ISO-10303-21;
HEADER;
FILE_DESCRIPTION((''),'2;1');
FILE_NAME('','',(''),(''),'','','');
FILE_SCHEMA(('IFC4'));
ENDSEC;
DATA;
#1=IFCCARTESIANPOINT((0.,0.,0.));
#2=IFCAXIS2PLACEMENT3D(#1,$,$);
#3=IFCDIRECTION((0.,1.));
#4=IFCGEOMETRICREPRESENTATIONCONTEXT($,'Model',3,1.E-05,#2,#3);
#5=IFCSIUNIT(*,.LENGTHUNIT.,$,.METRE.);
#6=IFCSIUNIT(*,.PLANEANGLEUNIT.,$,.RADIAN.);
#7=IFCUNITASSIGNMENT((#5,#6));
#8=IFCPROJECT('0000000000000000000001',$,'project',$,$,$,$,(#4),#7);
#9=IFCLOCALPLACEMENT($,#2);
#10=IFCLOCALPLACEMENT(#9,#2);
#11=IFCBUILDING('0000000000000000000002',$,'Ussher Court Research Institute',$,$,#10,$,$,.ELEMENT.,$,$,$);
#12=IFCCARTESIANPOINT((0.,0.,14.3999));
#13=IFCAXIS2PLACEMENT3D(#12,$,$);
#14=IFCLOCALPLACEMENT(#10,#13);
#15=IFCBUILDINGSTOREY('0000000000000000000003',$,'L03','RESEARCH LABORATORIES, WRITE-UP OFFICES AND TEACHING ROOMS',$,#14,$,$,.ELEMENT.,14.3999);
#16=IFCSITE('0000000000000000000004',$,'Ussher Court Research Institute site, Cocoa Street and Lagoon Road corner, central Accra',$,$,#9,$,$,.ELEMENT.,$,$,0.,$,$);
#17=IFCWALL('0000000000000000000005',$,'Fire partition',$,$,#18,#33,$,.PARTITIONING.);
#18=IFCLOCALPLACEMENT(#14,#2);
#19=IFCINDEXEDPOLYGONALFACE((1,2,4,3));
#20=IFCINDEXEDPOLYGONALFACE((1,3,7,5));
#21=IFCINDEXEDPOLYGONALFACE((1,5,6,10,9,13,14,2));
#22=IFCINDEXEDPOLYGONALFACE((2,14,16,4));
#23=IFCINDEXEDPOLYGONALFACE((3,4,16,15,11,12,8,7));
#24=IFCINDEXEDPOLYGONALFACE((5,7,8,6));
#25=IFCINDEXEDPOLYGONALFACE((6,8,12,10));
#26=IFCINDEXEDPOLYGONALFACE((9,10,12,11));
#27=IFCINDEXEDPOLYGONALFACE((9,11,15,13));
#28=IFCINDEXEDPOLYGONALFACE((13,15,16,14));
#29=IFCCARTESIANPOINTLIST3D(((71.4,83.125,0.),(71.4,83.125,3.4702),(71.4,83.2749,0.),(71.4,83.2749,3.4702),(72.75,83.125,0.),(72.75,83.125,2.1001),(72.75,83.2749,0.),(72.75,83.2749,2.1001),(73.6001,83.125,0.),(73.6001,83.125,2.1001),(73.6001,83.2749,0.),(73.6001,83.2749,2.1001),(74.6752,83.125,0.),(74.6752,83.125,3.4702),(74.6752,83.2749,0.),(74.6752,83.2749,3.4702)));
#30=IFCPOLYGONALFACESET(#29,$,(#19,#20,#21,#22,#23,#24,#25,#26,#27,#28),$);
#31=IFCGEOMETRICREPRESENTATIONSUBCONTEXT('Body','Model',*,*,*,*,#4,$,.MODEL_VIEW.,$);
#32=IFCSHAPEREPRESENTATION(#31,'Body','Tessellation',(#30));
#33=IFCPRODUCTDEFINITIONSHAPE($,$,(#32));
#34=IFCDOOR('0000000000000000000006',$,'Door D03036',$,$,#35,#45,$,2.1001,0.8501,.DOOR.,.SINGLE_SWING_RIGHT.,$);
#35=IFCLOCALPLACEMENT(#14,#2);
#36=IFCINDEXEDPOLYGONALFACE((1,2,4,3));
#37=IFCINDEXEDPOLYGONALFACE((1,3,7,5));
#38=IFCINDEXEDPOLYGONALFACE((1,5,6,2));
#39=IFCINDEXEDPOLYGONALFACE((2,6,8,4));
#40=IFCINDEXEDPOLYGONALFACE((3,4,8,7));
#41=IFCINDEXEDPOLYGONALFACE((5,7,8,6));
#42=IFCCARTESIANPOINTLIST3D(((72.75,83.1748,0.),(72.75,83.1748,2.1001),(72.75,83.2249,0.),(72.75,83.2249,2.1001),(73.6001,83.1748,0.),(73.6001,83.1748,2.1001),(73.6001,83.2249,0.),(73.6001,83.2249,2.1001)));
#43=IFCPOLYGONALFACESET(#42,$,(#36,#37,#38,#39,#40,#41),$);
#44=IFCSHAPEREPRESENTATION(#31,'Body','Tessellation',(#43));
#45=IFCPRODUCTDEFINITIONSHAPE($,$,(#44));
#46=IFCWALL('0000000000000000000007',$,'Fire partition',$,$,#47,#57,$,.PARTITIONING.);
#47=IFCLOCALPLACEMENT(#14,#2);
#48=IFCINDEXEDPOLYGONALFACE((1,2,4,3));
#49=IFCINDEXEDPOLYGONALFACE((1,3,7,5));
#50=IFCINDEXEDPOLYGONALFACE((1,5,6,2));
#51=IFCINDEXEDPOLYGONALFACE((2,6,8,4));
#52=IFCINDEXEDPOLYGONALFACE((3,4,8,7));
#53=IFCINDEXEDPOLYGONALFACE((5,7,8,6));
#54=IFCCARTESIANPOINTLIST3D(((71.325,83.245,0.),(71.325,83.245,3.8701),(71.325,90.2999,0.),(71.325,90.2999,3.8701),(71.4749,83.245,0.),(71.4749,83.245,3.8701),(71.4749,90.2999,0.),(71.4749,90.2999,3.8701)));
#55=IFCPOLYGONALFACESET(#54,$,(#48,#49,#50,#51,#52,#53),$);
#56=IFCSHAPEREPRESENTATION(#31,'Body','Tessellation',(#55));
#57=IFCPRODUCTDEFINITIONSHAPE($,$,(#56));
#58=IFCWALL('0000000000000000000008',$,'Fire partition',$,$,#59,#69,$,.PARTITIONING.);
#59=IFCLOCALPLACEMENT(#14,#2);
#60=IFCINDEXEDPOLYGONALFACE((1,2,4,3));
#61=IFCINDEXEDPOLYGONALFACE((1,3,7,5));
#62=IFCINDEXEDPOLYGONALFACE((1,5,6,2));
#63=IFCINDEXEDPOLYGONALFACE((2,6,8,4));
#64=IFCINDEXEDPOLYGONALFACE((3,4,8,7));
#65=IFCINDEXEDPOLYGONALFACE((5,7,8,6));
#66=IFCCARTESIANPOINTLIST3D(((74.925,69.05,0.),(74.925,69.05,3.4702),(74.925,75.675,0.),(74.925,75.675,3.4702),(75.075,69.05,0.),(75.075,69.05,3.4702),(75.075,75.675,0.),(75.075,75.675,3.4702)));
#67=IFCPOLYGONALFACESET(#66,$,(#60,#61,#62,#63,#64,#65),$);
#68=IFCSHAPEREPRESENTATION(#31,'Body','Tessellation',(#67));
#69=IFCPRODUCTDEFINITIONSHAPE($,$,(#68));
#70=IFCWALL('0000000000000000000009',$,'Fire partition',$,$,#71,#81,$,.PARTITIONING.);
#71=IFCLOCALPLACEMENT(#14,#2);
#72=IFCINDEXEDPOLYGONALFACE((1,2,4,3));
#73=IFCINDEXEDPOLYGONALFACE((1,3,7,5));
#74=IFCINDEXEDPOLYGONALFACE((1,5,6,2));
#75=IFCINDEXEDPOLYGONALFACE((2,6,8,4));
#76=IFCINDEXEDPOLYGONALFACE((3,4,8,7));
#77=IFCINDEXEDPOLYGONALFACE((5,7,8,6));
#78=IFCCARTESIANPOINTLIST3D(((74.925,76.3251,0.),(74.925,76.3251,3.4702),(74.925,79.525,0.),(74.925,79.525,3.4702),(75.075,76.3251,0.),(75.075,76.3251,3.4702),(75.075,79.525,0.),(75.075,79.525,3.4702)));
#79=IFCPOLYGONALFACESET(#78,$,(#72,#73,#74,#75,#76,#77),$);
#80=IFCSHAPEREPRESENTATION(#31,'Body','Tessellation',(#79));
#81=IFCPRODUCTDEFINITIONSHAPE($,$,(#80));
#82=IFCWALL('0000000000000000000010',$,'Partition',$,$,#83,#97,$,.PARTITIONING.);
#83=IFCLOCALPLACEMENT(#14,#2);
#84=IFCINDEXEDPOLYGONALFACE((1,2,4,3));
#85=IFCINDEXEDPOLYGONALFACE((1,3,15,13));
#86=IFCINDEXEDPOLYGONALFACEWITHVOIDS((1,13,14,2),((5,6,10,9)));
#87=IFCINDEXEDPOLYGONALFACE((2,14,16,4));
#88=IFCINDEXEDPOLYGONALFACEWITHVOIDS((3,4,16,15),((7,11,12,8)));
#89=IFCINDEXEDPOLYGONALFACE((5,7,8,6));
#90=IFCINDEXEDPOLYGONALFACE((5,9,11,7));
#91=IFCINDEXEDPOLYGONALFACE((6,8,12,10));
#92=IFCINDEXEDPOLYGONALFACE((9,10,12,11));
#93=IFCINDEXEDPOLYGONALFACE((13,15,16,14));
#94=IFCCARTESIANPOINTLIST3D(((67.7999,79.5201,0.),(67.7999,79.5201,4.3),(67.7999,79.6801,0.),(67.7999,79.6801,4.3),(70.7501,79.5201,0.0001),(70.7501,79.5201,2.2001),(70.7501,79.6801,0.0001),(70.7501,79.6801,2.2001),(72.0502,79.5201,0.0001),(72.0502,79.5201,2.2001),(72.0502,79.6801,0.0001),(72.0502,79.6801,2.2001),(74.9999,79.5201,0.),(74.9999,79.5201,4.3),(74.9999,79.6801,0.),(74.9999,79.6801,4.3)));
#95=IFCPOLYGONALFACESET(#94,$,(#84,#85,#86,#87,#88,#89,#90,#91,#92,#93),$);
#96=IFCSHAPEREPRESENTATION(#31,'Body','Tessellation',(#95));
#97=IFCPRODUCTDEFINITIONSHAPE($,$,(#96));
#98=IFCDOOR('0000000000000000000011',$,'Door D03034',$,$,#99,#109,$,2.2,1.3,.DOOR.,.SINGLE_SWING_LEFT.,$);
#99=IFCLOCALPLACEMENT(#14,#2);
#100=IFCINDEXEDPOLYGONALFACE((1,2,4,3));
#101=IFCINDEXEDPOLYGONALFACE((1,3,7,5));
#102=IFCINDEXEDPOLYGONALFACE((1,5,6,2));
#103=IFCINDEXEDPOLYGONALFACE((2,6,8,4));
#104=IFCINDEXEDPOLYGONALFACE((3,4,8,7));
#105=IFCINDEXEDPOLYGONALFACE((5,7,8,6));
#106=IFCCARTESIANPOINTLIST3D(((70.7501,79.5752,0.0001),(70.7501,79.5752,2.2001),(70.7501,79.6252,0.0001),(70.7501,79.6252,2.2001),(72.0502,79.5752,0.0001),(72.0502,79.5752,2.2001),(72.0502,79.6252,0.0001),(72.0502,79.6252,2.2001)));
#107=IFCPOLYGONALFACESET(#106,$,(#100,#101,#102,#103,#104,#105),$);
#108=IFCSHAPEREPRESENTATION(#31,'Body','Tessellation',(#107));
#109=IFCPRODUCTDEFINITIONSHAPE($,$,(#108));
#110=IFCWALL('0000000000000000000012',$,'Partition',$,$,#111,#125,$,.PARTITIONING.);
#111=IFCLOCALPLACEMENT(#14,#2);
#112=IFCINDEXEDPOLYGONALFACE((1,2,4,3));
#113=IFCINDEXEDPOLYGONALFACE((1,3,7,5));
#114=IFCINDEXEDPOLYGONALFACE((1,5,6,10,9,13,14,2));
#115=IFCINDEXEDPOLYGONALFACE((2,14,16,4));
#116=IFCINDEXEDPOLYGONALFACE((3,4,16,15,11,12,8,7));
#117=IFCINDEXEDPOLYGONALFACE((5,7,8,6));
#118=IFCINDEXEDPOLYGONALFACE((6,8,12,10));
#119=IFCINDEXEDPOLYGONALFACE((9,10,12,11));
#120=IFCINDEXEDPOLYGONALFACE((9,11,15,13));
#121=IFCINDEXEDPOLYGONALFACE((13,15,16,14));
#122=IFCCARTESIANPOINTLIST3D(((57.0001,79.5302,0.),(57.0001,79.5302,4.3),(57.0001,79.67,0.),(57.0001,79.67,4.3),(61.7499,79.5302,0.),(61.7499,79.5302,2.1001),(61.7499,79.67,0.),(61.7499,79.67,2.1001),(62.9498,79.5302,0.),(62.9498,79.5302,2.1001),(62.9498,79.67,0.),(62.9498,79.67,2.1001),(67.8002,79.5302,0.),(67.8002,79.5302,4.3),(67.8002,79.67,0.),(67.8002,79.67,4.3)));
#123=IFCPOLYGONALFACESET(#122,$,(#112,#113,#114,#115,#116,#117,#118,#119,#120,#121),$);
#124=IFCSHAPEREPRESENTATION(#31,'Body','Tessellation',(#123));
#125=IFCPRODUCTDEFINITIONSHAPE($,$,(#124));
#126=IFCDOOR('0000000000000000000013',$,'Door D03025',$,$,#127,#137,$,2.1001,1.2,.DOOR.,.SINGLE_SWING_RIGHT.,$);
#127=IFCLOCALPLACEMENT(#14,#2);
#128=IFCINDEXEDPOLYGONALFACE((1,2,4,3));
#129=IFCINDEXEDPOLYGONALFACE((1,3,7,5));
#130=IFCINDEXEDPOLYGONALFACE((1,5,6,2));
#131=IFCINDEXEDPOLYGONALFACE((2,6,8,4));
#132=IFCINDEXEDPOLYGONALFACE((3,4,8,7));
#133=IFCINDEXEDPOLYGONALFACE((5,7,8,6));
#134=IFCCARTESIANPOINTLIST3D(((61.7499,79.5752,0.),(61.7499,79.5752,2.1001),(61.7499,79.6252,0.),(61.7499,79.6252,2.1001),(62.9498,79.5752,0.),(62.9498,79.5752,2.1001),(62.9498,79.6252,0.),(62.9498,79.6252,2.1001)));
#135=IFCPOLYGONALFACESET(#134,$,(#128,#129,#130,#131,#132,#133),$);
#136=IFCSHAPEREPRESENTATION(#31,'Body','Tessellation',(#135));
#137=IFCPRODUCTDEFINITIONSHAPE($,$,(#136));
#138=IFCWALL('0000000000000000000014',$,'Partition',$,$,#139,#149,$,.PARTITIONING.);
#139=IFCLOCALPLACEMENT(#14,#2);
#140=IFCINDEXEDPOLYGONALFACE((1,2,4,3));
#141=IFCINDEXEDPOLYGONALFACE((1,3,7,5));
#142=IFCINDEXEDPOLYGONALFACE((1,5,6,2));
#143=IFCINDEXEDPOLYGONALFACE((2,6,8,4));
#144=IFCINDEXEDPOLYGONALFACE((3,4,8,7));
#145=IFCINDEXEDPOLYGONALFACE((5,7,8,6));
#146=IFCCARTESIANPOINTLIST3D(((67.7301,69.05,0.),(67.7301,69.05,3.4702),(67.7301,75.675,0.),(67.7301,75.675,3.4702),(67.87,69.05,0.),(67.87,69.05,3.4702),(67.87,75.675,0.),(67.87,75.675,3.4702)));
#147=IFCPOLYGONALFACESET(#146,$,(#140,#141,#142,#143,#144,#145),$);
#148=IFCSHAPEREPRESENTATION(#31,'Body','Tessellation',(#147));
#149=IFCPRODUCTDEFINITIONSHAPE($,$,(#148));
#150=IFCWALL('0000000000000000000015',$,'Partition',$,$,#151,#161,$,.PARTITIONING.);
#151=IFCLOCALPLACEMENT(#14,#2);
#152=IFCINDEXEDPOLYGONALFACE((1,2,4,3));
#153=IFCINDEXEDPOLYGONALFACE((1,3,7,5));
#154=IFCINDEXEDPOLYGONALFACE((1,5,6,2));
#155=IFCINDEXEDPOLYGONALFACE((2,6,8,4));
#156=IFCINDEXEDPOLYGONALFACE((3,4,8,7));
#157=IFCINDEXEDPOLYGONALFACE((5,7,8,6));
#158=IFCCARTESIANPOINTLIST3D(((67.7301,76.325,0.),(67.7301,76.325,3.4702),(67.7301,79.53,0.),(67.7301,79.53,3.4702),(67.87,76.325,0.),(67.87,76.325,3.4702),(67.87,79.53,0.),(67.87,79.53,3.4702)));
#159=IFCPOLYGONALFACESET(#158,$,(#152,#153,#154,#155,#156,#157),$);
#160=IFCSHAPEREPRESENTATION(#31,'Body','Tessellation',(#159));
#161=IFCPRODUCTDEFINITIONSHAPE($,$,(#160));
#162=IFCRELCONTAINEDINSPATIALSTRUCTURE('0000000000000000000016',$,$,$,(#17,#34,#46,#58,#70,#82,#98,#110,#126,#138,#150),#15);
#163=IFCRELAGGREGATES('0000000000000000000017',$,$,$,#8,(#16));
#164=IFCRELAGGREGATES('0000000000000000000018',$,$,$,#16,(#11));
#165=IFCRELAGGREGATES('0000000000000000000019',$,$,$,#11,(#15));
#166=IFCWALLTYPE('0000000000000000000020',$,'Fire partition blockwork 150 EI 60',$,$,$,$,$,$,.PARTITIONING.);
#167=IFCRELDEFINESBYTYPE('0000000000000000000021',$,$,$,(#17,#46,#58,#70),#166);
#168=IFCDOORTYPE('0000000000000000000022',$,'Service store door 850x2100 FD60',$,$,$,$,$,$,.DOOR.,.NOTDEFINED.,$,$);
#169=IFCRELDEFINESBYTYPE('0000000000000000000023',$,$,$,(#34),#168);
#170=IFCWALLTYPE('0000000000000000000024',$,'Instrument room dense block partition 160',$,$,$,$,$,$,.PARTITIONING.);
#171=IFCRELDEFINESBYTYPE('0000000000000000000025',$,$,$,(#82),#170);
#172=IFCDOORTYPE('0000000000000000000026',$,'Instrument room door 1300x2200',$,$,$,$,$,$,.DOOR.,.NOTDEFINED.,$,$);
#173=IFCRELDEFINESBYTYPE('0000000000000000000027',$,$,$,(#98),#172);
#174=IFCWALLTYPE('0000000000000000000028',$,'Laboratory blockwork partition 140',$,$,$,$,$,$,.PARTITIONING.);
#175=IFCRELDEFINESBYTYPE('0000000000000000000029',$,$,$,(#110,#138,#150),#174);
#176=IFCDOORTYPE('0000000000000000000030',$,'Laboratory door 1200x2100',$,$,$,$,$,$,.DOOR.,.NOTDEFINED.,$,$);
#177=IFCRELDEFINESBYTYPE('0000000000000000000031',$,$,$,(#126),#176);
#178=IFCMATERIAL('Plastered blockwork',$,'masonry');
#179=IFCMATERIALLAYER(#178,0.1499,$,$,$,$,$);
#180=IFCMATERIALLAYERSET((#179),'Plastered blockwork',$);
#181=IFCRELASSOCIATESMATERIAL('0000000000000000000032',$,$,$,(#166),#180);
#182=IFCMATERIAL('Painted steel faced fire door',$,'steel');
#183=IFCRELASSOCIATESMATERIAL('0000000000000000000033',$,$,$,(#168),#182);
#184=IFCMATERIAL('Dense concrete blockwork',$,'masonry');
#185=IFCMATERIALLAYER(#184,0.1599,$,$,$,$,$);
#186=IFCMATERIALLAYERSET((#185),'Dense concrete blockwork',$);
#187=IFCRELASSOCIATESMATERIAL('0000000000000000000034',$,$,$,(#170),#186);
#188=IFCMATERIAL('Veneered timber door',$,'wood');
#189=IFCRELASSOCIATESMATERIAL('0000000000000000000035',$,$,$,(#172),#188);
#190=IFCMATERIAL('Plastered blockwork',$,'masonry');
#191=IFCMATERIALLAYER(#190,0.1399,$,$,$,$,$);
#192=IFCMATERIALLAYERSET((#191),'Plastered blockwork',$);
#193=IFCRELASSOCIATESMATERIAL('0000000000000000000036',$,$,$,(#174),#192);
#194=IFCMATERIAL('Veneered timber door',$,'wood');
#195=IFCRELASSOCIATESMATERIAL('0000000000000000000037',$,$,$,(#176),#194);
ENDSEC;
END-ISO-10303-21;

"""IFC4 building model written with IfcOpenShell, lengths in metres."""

from ifc_helpers import new_model, si_unit, direction, frame, frame_2d, origin, place, context, subcontext, project, spatial, rectangle, extrude, material, layer, layer_set, type_object, element, fill, save


model = new_model("IFC4")

# Units and contexts
model_context = context("Model", 3, precision=1e-05, world=origin(), true_north=direction((0.0, 1.0)))
body_context = subcontext(model_context, "Body", "Model", "MODEL_VIEW")
ifc_project = project(units=[si_unit("LENGTHUNIT", "METRE"), si_unit("PLANEANGLEUNIT", "RADIAN")], contexts=[model_context])

# Site, building, storey
site_placement = place(None, origin())
site = spatial("IfcSite", under=ifc_project, at=site_placement, Name="Ussher Court Research Institute site, Cocoa Street and Lagoon Road corner, central Accra", CompositionType="ELEMENT", RefElevation=0.0)
building_placement = place(site_placement, origin())
building = spatial("IfcBuilding", under=site, at=building_placement, Name="Ussher Court Research Institute", CompositionType="ELEMENT")
storey_placement = place(building_placement, frame((0.0, 0.0, 14.3999)))
storey = spatial("IfcBuildingStorey", under=building, at=storey_placement, Name="L03", Description="RESEARCH LABORATORIES, WRITE-UP OFFICES AND TEACHING ROOMS", CompositionType="ELEMENT", Elevation=14.3999)

# Wall, opening, door
ifc_material_1 = material(Name="Plastered blockwork", Category="masonry")
ifc_layer_1 = layer(ifc_material_1, 0.1499)
ifc_layer_set_1 = layer_set([ifc_layer_1], Name="Plastered blockwork")
wall_type_1 = type_object("IfcWallType", Name="Fire partition blockwork 150 EI 60", PredefinedType="PARTITIONING", material=ifc_layer_set_1)
wall_1_placement = place(storey_placement, frame((71.3999, 83.2, 0.0), z_axis=(0.0, 0.0, 1.0), x_axis=(1.0, 0.0, 0.0)))
wall_1 = element("IfcWall", 1, at=wall_1_placement, inside=storey, type_object=wall_type_1, Name="Fire partition", PredefinedType="PARTITIONING", context=body_context, shape_type="SweptSolid", body=[
    extrude(rectangle(XDim=3.2751, YDim=0.1499, at=frame_2d((1.6377, 0.0))), origin(), (0.0, 0.0, 1.0), 3.4702),
])
opening_1_placement = place(wall_1_placement, frame((1.3501, 0.0, 0.0)))
opening_1 = element("IfcOpeningElement", 2, at=opening_1_placement, cuts=wall_1, PredefinedType="OPENING", context=body_context, shape_type="SweptSolid", body=[
    extrude(rectangle(XDim=0.8501, YDim=2.1001, at=frame_2d((0.425, 1.05))), frame((0.0, 0.085, 0.0), z_axis=(0.0, -1.0, 0.0), x_axis=(1.0, 0.0, 0.0)), (0.0, 0.0, 1.0), 0.1699),
])
ifc_material_2 = material(Name="Painted steel faced fire door", Category="steel")
door_type_1 = type_object("IfcDoorType", Name="Service store door 850x2100 FD60", OperationType="NOTDEFINED", PredefinedType="DOOR", material=ifc_material_2)
door_1_placement = place(opening_1_placement, origin())
door_1 = element("IfcDoor", 3, at=door_1_placement, inside=storey, type_object=door_type_1, Name="Door D03036", OperationType="SINGLE_SWING_RIGHT", OverallHeight=2.1001, OverallWidth=0.8501, PredefinedType="DOOR", context=body_context, shape_type="SweptSolid", body=[
    extrude(rectangle(XDim=0.8501, YDim=2.1001, at=frame_2d((0.425, 1.05))), frame((0.0, 0.0249, 0.0), z_axis=(0.0, -1.0, 0.0), x_axis=(1.0, 0.0, 0.0)), (0.0, 0.0, 1.0), 0.05),
])
fill(opening_1, door_1)

# Walls
wall_2_placement = place(storey_placement, frame((71.3999, 83.2451, 0.0), z_axis=(0.0, 0.0, 1.0), x_axis=(0.0, 1.0, 0.0)))
element("IfcWall", 4, at=wall_2_placement, inside=storey, type_object=wall_type_1, Name="Fire partition", PredefinedType="PARTITIONING", context=body_context, shape_type="SweptSolid", body=[
    extrude(rectangle(XDim=7.0549, YDim=0.1499, at=frame_2d((3.5273, 0.0))), origin(), (0.0, 0.0, 1.0), 3.8701),
])
wall_3_placement = place(storey_placement, frame((75.0, 69.05, 0.0), z_axis=(0.0, 0.0, 1.0), x_axis=(0.0, 1.0, 0.0)))
element("IfcWall", 5, at=wall_3_placement, inside=storey, type_object=wall_type_1, Name="Fire partition", PredefinedType="PARTITIONING", context=body_context, shape_type="SweptSolid", body=[
    extrude(rectangle(XDim=6.625, YDim=0.1499, at=frame_2d((3.3125, 0.0))), origin(), (0.0, 0.0, 1.0), 3.4702),
])
wall_4_placement = place(storey_placement, frame((75.0, 76.325, 0.0), z_axis=(0.0, 0.0, 1.0), x_axis=(0.0, 1.0, 0.0)))
element("IfcWall", 6, at=wall_4_placement, inside=storey, type_object=wall_type_1, Name="Fire partition", PredefinedType="PARTITIONING", context=body_context, shape_type="SweptSolid", body=[
    extrude(rectangle(XDim=3.2, YDim=0.1499, at=frame_2d((1.6001, 0.0))), origin(), (0.0, 0.0, 1.0), 3.4702),
])

# Walls, openings, doors
ifc_material_3 = material(Name="Dense concrete blockwork", Category="masonry")
ifc_layer_2 = layer(ifc_material_3, 0.1599)
ifc_layer_set_2 = layer_set([ifc_layer_2], Name="Dense concrete blockwork")
wall_type_2 = type_object("IfcWallType", Name="Instrument room dense block partition 160", PredefinedType="PARTITIONING", material=ifc_layer_set_2)
wall_5_placement = place(storey_placement, frame((75.0, 79.6001, 0.0), z_axis=(0.0, 0.0, 1.0), x_axis=(-1.0, 0.0, 0.0)))
wall_5 = element("IfcWall", 7, at=wall_5_placement, inside=storey, type_object=wall_type_2, Name="Partition", PredefinedType="PARTITIONING", context=body_context, shape_type="SweptSolid", body=[
    extrude(rectangle(XDim=7.2, YDim=0.1599, at=frame_2d((3.6001, 0.0))), origin(), (0.0, 0.0, 1.0), 4.3),
])
opening_2_placement = place(wall_5_placement, frame((2.95, 0.0, 0.0)))
opening_2 = element("IfcOpeningElement", 8, at=opening_2_placement, cuts=wall_5, PredefinedType="OPENING", context=body_context, shape_type="SweptSolid", body=[
    extrude(rectangle(XDim=1.3, YDim=2.2, at=frame_2d((0.6499, 1.1001))), frame((0.0, 0.0898, 0.0), z_axis=(0.0, -1.0, 0.0), x_axis=(1.0, 0.0, 0.0)), (0.0, 0.0, 1.0), 0.1799),
])
ifc_material_4 = material(Name="Veneered timber door", Category="wood")
door_type_2 = type_object("IfcDoorType", Name="Instrument room door 1300x2200", OperationType="NOTDEFINED", PredefinedType="DOOR", material=ifc_material_4)
door_2_placement = place(opening_2_placement, origin())
door_2 = element("IfcDoor", 9, at=door_2_placement, inside=storey, type_object=door_type_2, Name="Door D03034", OperationType="SINGLE_SWING_LEFT", OverallHeight=2.2, OverallWidth=1.3, PredefinedType="DOOR", context=body_context, shape_type="SweptSolid", body=[
    extrude(rectangle(XDim=1.3, YDim=2.2, at=frame_2d((0.6499, 1.1001))), frame((0.0, 0.0249, 0.0), z_axis=(0.0, -1.0, 0.0), x_axis=(1.0, 0.0, 0.0)), (0.0, 0.0, 1.0), 0.05),
])
fill(opening_2, door_2)
ifc_material_5 = material(Name="Plastered blockwork", Category="masonry")
ifc_layer_3 = layer(ifc_material_5, 0.1399)
ifc_layer_set_3 = layer_set([ifc_layer_3], Name="Plastered blockwork")
wall_type_3 = type_object("IfcWallType", Name="Laboratory blockwork partition 140", PredefinedType="PARTITIONING", material=ifc_layer_set_3)
wall_6_placement = place(storey_placement, frame((67.8, 79.6001, 0.0), z_axis=(0.0, 0.0, 1.0), x_axis=(-1.0, 0.0, 0.0)))
wall_6 = element("IfcWall", 10, at=wall_6_placement, inside=storey, type_object=wall_type_3, Name="Partition", PredefinedType="PARTITIONING", context=body_context, shape_type="SweptSolid", body=[
    extrude(rectangle(XDim=10.8, YDim=0.1399, at=frame_2d((5.3999, 0.0))), origin(), (0.0, 0.0, 1.0), 4.3),
])
opening_3_placement = place(wall_6_placement, frame((4.8501, 0.0, 0.0)))
opening_3 = element("IfcOpeningElement", 11, at=opening_3_placement, cuts=wall_6, PredefinedType="OPENING", context=body_context, shape_type="SweptSolid", body=[
    extrude(rectangle(XDim=1.2, YDim=2.1001, at=frame_2d((0.6001, 1.05))), frame((0.0, 0.0801, 0.0), z_axis=(0.0, -1.0, 0.0), x_axis=(1.0, 0.0, 0.0)), (0.0, 0.0, 1.0), 0.1599),
])
ifc_material_6 = material(Name="Veneered timber door", Category="wood")
door_type_3 = type_object("IfcDoorType", Name="Laboratory door 1200x2100", OperationType="NOTDEFINED", PredefinedType="DOOR", material=ifc_material_6)
door_3_placement = place(opening_3_placement, origin())
door_3 = element("IfcDoor", 12, at=door_3_placement, inside=storey, type_object=door_type_3, Name="Door D03025", OperationType="SINGLE_SWING_RIGHT", OverallHeight=2.1001, OverallWidth=1.2, PredefinedType="DOOR", context=body_context, shape_type="SweptSolid", body=[
    extrude(rectangle(XDim=1.2, YDim=2.1001, at=frame_2d((0.6001, 1.05))), frame((0.0, 0.0249, 0.0), z_axis=(0.0, -1.0, 0.0), x_axis=(1.0, 0.0, 0.0)), (0.0, 0.0, 1.0), 0.05),
])
fill(opening_3, door_3)

# Walls
wall_7_placement = place(storey_placement, frame((67.8, 69.05, 0.0), z_axis=(0.0, 0.0, 1.0), x_axis=(0.0, 1.0, 0.0)))
element("IfcWall", 13, at=wall_7_placement, inside=storey, type_object=wall_type_3, Name="Partition", PredefinedType="PARTITIONING", context=body_context, shape_type="SweptSolid", body=[
    extrude(rectangle(XDim=6.625, YDim=0.1399, at=frame_2d((3.3125, 0.0))), origin(), (0.0, 0.0, 1.0), 3.4702),
])
wall_8_placement = place(storey_placement, frame((67.8, 76.325, 0.0), z_axis=(0.0, 0.0, 1.0), x_axis=(0.0, 1.0, 0.0)))
element("IfcWall", 14, at=wall_8_placement, inside=storey, type_object=wall_type_3, Name="Partition", PredefinedType="PARTITIONING", context=body_context, shape_type="SweptSolid", body=[
    extrude(rectangle(XDim=3.2051, YDim=0.1399, at=frame_2d((1.6025, 0.0))), origin(), (0.0, 0.0, 1.0), 3.4702),
])

save(model, "model.ifc")
